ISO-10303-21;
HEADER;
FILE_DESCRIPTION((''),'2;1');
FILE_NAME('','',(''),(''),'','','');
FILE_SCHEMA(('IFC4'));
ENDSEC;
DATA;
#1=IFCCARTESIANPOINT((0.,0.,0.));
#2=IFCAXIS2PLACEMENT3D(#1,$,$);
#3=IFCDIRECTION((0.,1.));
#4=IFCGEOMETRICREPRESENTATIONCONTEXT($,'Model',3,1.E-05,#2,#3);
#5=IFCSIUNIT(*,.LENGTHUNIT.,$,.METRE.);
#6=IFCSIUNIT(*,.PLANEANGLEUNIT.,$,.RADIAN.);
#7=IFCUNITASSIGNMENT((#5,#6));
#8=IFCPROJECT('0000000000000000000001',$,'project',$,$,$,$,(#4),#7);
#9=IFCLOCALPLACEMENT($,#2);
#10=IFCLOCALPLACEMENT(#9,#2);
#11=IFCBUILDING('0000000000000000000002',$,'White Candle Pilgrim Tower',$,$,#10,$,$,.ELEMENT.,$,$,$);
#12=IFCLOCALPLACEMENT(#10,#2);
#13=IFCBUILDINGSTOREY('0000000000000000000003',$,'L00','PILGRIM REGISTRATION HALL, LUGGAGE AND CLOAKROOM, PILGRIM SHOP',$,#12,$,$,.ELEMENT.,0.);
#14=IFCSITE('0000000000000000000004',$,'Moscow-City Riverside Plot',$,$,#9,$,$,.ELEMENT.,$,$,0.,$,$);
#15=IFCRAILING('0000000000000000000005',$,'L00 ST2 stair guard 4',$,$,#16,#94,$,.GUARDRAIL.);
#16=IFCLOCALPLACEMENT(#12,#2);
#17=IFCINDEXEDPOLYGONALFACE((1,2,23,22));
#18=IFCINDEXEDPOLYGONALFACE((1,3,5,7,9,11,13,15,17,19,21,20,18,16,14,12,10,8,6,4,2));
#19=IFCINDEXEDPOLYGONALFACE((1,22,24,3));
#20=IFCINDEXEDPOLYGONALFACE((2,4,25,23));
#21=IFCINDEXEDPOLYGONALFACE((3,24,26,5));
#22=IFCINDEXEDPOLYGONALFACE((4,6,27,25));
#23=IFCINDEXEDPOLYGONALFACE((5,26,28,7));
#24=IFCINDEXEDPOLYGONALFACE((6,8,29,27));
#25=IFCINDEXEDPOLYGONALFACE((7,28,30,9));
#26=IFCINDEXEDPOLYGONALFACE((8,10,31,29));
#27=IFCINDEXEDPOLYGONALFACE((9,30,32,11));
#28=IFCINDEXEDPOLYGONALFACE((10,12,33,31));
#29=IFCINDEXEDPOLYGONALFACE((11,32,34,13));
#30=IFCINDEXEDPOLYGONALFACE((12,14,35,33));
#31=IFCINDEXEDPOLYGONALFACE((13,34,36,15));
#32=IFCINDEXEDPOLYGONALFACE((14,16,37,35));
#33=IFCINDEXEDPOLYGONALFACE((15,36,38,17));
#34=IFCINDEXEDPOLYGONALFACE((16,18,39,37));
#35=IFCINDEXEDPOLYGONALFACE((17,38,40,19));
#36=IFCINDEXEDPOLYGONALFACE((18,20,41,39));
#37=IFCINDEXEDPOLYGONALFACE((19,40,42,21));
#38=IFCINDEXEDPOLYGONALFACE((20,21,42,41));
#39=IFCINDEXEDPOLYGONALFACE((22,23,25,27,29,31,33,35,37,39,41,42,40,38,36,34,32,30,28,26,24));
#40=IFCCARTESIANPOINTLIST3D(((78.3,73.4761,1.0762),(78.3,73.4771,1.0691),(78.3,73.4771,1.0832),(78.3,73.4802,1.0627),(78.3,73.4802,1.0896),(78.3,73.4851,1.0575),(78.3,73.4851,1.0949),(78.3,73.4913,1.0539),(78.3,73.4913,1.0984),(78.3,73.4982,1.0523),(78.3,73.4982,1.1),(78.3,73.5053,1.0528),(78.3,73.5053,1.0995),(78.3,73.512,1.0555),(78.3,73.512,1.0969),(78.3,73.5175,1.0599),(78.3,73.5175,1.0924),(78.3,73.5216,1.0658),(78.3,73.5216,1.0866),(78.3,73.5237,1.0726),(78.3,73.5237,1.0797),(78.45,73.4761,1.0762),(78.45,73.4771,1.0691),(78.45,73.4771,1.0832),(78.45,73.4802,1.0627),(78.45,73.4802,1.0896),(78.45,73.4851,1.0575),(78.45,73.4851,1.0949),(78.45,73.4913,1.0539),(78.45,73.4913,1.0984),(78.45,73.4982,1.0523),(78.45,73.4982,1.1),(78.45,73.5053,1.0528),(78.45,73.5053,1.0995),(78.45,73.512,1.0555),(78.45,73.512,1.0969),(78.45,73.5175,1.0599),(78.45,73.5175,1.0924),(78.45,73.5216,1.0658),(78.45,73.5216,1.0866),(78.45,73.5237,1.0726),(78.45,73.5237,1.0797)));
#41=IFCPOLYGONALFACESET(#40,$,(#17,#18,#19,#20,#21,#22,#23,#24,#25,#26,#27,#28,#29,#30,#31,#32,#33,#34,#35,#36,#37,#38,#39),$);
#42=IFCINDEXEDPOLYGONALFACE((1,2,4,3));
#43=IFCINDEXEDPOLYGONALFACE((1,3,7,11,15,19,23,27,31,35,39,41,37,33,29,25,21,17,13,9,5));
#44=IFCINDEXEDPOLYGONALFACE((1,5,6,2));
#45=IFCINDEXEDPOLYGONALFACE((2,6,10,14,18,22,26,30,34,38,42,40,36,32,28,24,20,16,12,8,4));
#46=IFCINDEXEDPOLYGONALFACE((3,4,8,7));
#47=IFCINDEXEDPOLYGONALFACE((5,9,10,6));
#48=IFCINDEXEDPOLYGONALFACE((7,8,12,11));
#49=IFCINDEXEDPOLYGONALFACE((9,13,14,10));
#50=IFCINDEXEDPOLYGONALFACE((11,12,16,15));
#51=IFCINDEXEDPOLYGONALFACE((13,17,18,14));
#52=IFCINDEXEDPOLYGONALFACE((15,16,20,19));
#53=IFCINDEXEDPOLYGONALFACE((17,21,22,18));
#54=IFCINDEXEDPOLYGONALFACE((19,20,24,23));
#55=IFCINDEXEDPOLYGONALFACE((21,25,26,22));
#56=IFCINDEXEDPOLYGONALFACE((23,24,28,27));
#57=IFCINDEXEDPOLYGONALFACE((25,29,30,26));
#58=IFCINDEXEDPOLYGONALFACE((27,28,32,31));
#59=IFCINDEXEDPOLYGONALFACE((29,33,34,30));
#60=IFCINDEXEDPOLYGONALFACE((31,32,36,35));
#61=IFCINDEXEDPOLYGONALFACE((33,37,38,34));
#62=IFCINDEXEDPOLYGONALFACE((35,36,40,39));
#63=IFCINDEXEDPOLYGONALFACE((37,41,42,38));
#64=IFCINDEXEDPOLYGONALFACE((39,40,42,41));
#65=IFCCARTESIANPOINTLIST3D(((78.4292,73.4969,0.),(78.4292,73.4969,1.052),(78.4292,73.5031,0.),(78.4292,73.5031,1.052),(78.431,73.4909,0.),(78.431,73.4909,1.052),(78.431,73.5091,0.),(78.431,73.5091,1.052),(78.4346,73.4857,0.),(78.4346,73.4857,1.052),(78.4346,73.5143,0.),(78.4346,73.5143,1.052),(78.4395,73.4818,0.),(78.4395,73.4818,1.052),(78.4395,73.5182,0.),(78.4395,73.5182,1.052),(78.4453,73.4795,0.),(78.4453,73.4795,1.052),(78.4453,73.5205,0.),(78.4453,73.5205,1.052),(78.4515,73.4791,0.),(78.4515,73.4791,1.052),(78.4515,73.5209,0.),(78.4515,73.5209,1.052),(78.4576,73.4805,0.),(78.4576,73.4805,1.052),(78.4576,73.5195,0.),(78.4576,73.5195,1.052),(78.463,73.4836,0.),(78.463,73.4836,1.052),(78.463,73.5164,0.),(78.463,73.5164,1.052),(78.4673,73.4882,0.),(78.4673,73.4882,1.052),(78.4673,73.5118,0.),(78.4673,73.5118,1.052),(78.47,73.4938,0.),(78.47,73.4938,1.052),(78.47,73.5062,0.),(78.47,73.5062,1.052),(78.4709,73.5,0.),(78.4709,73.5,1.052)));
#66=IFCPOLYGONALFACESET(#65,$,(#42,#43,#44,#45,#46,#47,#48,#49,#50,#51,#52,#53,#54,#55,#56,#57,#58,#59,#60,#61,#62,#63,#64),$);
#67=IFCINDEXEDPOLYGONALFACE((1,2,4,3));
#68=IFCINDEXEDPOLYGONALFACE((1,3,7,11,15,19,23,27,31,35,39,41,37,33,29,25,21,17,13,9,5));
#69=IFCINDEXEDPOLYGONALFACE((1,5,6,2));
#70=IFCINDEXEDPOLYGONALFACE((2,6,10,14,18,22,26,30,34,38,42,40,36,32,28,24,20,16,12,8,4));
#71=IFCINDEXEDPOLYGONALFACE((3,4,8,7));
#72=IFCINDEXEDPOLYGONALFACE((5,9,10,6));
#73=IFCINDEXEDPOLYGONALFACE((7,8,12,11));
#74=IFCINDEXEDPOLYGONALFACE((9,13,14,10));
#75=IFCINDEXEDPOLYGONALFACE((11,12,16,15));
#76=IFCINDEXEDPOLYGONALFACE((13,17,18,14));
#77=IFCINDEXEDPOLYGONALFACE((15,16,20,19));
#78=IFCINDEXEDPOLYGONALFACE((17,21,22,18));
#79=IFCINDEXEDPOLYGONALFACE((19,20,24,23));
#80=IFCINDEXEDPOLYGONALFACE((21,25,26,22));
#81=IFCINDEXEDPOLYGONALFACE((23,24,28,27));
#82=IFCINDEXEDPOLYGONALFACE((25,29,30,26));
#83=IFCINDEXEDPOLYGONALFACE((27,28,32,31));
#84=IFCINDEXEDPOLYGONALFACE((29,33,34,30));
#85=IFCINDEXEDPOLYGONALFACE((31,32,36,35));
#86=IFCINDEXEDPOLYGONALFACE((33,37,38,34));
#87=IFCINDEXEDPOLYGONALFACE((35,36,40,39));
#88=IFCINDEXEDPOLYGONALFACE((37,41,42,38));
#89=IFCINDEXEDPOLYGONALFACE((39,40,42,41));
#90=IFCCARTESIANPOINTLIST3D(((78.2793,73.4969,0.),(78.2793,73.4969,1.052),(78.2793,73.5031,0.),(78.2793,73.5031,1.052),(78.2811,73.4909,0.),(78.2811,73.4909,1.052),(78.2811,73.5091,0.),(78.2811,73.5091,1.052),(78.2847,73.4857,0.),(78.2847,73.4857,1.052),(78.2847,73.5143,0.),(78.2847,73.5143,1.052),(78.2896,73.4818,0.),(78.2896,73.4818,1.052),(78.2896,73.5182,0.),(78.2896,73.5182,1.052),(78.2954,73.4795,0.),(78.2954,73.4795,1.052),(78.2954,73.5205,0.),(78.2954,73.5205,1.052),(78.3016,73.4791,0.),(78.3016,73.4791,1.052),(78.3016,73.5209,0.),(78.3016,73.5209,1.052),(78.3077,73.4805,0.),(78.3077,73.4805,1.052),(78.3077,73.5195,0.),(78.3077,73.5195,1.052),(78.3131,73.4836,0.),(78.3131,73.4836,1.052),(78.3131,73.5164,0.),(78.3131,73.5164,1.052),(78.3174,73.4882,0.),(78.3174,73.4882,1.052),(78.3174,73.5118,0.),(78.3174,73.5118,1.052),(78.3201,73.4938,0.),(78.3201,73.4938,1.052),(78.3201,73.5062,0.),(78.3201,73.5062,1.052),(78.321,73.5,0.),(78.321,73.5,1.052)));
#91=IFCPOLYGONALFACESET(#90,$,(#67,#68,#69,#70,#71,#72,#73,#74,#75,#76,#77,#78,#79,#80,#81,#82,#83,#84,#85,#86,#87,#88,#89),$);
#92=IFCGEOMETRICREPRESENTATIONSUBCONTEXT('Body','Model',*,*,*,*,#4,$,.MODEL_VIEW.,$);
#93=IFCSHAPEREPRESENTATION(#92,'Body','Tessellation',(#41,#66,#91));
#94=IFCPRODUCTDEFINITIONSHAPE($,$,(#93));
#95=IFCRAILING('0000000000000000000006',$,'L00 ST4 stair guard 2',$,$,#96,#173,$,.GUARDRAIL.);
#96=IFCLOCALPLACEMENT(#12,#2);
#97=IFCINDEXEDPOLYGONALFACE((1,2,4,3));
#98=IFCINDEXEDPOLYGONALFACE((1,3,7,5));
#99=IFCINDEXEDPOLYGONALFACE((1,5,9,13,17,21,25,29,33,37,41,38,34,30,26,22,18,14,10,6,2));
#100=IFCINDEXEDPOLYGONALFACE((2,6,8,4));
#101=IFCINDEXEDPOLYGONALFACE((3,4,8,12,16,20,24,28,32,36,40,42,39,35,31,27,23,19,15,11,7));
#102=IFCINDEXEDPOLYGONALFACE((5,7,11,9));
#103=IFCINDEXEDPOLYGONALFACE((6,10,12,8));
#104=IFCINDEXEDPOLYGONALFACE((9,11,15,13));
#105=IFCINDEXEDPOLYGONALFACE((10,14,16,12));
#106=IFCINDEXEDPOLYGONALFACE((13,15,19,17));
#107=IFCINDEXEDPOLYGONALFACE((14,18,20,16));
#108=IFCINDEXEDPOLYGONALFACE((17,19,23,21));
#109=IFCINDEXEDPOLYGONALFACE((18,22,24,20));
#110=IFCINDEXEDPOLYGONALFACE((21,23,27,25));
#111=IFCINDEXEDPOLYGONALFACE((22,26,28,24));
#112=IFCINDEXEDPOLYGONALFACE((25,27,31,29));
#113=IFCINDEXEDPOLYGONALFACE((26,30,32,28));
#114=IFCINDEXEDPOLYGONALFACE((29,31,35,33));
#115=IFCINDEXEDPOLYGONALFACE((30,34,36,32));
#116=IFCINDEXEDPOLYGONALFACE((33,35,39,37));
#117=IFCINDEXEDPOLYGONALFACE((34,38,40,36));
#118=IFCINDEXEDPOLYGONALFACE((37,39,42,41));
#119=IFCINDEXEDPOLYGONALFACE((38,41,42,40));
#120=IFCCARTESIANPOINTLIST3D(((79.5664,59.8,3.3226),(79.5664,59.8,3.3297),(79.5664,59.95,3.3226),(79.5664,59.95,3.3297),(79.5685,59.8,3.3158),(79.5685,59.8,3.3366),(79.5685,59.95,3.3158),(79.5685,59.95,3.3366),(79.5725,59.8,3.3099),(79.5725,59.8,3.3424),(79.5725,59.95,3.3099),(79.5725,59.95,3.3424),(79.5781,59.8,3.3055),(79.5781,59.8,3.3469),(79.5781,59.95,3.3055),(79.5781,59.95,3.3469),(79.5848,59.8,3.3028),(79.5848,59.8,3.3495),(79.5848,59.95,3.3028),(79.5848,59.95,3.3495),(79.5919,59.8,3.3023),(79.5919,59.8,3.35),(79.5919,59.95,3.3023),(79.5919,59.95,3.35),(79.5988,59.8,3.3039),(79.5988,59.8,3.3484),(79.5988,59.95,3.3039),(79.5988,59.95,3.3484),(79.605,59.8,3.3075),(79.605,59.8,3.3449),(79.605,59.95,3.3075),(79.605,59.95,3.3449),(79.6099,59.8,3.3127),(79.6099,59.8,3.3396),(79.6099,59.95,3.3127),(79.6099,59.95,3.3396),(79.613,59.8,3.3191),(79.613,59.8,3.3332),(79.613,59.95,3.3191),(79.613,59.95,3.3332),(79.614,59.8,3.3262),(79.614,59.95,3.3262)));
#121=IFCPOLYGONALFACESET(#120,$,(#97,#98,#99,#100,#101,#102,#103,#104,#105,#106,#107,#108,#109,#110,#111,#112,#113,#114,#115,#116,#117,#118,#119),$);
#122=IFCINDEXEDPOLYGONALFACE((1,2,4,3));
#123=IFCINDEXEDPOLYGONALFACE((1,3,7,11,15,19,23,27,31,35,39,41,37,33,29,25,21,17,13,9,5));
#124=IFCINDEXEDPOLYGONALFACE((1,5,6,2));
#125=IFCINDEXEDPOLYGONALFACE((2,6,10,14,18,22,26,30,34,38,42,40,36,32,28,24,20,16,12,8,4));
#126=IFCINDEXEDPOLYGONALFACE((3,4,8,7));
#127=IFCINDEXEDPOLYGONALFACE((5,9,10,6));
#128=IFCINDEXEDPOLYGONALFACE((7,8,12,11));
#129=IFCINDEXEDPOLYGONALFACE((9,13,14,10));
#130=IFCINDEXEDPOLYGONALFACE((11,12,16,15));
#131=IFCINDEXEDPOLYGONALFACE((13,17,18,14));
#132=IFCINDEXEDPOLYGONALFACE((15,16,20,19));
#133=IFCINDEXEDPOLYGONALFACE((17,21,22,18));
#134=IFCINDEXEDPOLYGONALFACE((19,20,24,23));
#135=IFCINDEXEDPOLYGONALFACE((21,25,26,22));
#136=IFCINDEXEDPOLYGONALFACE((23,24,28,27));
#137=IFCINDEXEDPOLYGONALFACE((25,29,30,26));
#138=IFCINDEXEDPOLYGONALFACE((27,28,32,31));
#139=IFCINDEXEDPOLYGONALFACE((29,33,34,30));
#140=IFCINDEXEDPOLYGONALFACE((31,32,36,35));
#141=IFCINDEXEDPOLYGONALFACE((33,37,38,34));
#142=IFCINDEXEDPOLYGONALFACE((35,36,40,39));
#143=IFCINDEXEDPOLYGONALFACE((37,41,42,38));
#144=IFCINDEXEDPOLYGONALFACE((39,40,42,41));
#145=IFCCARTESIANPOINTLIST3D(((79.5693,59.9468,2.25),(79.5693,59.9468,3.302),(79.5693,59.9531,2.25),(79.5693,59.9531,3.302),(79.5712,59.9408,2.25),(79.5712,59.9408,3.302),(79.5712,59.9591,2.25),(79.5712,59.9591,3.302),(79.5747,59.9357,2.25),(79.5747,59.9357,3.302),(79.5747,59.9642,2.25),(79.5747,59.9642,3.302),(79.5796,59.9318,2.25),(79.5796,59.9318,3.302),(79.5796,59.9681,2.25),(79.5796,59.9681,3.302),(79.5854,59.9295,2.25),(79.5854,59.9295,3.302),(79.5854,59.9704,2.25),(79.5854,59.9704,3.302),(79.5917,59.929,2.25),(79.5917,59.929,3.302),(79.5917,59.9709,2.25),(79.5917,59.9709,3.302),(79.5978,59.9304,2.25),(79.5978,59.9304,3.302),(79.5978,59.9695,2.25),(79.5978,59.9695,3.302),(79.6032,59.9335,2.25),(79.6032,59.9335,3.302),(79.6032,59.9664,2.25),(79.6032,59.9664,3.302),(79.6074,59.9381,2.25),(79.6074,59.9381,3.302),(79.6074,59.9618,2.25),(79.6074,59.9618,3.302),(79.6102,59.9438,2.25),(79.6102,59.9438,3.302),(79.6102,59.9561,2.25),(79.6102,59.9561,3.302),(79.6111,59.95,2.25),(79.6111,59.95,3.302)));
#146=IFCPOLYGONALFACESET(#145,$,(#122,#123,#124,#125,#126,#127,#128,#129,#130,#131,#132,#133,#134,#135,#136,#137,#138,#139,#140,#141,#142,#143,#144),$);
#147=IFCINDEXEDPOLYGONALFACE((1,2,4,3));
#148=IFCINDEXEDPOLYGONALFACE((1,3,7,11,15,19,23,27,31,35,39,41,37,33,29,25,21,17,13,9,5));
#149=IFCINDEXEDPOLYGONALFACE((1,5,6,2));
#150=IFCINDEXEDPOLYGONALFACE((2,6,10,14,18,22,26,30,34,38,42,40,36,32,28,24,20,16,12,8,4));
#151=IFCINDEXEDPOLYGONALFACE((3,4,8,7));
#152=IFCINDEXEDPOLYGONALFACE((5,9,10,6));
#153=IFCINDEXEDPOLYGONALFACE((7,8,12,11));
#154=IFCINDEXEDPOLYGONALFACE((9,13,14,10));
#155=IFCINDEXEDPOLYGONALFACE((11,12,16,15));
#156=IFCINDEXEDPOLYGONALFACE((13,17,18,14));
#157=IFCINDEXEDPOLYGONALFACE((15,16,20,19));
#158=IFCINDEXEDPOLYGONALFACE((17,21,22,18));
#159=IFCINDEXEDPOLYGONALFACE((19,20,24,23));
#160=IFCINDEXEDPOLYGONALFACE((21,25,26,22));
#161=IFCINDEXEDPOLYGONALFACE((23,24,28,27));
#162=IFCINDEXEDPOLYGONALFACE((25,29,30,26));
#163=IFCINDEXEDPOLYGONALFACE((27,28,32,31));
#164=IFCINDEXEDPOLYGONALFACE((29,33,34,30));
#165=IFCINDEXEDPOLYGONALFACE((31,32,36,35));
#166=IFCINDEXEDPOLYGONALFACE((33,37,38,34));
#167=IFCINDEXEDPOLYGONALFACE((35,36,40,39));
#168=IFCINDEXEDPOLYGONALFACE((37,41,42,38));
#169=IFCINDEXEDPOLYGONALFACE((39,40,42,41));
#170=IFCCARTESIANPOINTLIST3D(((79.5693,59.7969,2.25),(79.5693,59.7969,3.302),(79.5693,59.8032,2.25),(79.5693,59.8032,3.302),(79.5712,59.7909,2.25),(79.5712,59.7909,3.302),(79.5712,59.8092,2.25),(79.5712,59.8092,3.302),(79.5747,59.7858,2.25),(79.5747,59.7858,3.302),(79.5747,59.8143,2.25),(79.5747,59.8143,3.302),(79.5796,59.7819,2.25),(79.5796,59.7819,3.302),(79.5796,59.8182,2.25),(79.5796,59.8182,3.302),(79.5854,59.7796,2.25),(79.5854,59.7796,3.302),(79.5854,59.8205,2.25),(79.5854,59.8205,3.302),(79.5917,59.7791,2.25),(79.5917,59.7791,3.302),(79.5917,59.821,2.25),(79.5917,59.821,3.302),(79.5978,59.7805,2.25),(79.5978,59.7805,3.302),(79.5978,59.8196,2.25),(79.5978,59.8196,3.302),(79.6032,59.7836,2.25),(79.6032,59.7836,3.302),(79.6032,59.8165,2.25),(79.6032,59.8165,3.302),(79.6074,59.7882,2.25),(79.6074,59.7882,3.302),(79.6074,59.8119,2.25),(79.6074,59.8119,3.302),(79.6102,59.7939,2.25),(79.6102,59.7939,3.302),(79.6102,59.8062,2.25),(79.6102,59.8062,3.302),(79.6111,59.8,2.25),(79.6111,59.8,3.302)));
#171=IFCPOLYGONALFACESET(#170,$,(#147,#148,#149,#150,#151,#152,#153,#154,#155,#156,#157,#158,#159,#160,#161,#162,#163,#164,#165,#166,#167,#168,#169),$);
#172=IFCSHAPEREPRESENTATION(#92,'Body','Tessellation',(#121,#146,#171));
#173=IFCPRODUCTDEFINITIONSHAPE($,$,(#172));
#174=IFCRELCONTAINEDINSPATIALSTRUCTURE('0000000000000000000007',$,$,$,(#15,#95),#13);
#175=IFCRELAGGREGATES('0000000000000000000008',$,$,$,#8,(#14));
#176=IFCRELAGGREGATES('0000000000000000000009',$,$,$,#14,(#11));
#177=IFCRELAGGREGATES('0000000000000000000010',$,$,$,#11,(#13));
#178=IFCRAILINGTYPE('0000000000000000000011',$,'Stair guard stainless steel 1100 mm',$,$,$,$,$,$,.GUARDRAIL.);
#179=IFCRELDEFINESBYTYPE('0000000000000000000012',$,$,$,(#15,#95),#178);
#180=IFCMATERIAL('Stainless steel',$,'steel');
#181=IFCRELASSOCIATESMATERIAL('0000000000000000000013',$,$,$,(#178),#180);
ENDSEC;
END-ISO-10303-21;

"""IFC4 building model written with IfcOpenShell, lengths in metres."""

from ifc_helpers import new_model, si_unit, direction, frame, origin, origin_2d, place, context, subcontext, project, spatial, circle, extrude, material, type_object, element, save


model = new_model("IFC4")

# Units and contexts
model_context = context("Model", 3, precision=1e-05, world=origin(), true_north=direction((0.0, 1.0)))
body_context = subcontext(model_context, "Body", "Model", "MODEL_VIEW")
ifc_project = project(units=[si_unit("LENGTHUNIT", "METRE"), si_unit("PLANEANGLEUNIT", "RADIAN")], contexts=[model_context])

# Site, building, storey
site_placement = place(None, origin())
site = spatial("IfcSite", under=ifc_project, at=site_placement, Name="Moscow-City Riverside Plot", CompositionType="ELEMENT", RefElevation=0.0)
building_placement = place(site_placement, origin())
building = spatial("IfcBuilding", under=site, at=building_placement, Name="White Candle Pilgrim Tower", CompositionType="ELEMENT")
storey_placement = place(building_placement, origin())
storey = spatial("IfcBuildingStorey", under=building, at=storey_placement, Name="L00", Description="PILGRIM REGISTRATION HALL, LUGGAGE AND CLOAKROOM, PILGRIM SHOP", CompositionType="ELEMENT", Elevation=0.0)

# Railings
ifc_material_1 = material(Name="Stainless steel", Category="steel")
railing_type_1 = type_object("IfcRailingType", Name="Stair guard stainless steel 1100 mm", PredefinedType="GUARDRAIL", material=ifc_material_1)
railing_1_placement = place(storey_placement, frame((78.45, 73.5, 0.0)))
element("IfcRailing", 1, at=railing_1_placement, inside=storey, type_object=railing_type_1, Name="L00 ST2 stair guard 4", PredefinedType="GUARDRAIL", context=body_context, shape_type="SweptSolid", body=[
    extrude(circle(Radius=0.0239, at=origin_2d()), frame((0.0, 0.0, 1.0762), z_axis=(-1.0, 0.0, 0.0), x_axis=(0.0, -1.0, 0.0)), (0.0, 0.0, 1.0), 0.1499),
    extrude(circle(Radius=0.021, at=origin_2d()), origin(), (0.0, 0.0, 1.0), 1.052),
    extrude(circle(Radius=0.021, at=origin_2d()), frame((-0.1499, 0.0, 0.0)), (0.0, 0.0, 1.0), 1.052),
])
for number, where, name in (
    (2, (79.5901, 59.95, 2.25), "L00 ST4 stair guard 2"),
):
    element("IfcRailing", number, at=place(storey_placement, frame(where)), inside=storey, type_object=railing_type_1, Name=name, PredefinedType="GUARDRAIL", context=body_context, shape_type="SweptSolid", body=[
        extrude(circle(Radius=0.0239, at=origin_2d()), frame((0.0, 0.0, 1.0762), z_axis=(0.0, -1.0, 0.0), x_axis=(1.0, 0.0, 0.0)), (0.0, 0.0, 1.0), 0.1499),
        extrude(circle(Radius=0.021, at=origin_2d()), origin(), (0.0, 0.0, 1.0), 1.052),
        extrude(circle(Radius=0.021, at=origin_2d()), frame((0.0, -0.1499, 0.0)), (0.0, 0.0, 1.0), 1.052),
    ])

save(model, "model.ifc")
